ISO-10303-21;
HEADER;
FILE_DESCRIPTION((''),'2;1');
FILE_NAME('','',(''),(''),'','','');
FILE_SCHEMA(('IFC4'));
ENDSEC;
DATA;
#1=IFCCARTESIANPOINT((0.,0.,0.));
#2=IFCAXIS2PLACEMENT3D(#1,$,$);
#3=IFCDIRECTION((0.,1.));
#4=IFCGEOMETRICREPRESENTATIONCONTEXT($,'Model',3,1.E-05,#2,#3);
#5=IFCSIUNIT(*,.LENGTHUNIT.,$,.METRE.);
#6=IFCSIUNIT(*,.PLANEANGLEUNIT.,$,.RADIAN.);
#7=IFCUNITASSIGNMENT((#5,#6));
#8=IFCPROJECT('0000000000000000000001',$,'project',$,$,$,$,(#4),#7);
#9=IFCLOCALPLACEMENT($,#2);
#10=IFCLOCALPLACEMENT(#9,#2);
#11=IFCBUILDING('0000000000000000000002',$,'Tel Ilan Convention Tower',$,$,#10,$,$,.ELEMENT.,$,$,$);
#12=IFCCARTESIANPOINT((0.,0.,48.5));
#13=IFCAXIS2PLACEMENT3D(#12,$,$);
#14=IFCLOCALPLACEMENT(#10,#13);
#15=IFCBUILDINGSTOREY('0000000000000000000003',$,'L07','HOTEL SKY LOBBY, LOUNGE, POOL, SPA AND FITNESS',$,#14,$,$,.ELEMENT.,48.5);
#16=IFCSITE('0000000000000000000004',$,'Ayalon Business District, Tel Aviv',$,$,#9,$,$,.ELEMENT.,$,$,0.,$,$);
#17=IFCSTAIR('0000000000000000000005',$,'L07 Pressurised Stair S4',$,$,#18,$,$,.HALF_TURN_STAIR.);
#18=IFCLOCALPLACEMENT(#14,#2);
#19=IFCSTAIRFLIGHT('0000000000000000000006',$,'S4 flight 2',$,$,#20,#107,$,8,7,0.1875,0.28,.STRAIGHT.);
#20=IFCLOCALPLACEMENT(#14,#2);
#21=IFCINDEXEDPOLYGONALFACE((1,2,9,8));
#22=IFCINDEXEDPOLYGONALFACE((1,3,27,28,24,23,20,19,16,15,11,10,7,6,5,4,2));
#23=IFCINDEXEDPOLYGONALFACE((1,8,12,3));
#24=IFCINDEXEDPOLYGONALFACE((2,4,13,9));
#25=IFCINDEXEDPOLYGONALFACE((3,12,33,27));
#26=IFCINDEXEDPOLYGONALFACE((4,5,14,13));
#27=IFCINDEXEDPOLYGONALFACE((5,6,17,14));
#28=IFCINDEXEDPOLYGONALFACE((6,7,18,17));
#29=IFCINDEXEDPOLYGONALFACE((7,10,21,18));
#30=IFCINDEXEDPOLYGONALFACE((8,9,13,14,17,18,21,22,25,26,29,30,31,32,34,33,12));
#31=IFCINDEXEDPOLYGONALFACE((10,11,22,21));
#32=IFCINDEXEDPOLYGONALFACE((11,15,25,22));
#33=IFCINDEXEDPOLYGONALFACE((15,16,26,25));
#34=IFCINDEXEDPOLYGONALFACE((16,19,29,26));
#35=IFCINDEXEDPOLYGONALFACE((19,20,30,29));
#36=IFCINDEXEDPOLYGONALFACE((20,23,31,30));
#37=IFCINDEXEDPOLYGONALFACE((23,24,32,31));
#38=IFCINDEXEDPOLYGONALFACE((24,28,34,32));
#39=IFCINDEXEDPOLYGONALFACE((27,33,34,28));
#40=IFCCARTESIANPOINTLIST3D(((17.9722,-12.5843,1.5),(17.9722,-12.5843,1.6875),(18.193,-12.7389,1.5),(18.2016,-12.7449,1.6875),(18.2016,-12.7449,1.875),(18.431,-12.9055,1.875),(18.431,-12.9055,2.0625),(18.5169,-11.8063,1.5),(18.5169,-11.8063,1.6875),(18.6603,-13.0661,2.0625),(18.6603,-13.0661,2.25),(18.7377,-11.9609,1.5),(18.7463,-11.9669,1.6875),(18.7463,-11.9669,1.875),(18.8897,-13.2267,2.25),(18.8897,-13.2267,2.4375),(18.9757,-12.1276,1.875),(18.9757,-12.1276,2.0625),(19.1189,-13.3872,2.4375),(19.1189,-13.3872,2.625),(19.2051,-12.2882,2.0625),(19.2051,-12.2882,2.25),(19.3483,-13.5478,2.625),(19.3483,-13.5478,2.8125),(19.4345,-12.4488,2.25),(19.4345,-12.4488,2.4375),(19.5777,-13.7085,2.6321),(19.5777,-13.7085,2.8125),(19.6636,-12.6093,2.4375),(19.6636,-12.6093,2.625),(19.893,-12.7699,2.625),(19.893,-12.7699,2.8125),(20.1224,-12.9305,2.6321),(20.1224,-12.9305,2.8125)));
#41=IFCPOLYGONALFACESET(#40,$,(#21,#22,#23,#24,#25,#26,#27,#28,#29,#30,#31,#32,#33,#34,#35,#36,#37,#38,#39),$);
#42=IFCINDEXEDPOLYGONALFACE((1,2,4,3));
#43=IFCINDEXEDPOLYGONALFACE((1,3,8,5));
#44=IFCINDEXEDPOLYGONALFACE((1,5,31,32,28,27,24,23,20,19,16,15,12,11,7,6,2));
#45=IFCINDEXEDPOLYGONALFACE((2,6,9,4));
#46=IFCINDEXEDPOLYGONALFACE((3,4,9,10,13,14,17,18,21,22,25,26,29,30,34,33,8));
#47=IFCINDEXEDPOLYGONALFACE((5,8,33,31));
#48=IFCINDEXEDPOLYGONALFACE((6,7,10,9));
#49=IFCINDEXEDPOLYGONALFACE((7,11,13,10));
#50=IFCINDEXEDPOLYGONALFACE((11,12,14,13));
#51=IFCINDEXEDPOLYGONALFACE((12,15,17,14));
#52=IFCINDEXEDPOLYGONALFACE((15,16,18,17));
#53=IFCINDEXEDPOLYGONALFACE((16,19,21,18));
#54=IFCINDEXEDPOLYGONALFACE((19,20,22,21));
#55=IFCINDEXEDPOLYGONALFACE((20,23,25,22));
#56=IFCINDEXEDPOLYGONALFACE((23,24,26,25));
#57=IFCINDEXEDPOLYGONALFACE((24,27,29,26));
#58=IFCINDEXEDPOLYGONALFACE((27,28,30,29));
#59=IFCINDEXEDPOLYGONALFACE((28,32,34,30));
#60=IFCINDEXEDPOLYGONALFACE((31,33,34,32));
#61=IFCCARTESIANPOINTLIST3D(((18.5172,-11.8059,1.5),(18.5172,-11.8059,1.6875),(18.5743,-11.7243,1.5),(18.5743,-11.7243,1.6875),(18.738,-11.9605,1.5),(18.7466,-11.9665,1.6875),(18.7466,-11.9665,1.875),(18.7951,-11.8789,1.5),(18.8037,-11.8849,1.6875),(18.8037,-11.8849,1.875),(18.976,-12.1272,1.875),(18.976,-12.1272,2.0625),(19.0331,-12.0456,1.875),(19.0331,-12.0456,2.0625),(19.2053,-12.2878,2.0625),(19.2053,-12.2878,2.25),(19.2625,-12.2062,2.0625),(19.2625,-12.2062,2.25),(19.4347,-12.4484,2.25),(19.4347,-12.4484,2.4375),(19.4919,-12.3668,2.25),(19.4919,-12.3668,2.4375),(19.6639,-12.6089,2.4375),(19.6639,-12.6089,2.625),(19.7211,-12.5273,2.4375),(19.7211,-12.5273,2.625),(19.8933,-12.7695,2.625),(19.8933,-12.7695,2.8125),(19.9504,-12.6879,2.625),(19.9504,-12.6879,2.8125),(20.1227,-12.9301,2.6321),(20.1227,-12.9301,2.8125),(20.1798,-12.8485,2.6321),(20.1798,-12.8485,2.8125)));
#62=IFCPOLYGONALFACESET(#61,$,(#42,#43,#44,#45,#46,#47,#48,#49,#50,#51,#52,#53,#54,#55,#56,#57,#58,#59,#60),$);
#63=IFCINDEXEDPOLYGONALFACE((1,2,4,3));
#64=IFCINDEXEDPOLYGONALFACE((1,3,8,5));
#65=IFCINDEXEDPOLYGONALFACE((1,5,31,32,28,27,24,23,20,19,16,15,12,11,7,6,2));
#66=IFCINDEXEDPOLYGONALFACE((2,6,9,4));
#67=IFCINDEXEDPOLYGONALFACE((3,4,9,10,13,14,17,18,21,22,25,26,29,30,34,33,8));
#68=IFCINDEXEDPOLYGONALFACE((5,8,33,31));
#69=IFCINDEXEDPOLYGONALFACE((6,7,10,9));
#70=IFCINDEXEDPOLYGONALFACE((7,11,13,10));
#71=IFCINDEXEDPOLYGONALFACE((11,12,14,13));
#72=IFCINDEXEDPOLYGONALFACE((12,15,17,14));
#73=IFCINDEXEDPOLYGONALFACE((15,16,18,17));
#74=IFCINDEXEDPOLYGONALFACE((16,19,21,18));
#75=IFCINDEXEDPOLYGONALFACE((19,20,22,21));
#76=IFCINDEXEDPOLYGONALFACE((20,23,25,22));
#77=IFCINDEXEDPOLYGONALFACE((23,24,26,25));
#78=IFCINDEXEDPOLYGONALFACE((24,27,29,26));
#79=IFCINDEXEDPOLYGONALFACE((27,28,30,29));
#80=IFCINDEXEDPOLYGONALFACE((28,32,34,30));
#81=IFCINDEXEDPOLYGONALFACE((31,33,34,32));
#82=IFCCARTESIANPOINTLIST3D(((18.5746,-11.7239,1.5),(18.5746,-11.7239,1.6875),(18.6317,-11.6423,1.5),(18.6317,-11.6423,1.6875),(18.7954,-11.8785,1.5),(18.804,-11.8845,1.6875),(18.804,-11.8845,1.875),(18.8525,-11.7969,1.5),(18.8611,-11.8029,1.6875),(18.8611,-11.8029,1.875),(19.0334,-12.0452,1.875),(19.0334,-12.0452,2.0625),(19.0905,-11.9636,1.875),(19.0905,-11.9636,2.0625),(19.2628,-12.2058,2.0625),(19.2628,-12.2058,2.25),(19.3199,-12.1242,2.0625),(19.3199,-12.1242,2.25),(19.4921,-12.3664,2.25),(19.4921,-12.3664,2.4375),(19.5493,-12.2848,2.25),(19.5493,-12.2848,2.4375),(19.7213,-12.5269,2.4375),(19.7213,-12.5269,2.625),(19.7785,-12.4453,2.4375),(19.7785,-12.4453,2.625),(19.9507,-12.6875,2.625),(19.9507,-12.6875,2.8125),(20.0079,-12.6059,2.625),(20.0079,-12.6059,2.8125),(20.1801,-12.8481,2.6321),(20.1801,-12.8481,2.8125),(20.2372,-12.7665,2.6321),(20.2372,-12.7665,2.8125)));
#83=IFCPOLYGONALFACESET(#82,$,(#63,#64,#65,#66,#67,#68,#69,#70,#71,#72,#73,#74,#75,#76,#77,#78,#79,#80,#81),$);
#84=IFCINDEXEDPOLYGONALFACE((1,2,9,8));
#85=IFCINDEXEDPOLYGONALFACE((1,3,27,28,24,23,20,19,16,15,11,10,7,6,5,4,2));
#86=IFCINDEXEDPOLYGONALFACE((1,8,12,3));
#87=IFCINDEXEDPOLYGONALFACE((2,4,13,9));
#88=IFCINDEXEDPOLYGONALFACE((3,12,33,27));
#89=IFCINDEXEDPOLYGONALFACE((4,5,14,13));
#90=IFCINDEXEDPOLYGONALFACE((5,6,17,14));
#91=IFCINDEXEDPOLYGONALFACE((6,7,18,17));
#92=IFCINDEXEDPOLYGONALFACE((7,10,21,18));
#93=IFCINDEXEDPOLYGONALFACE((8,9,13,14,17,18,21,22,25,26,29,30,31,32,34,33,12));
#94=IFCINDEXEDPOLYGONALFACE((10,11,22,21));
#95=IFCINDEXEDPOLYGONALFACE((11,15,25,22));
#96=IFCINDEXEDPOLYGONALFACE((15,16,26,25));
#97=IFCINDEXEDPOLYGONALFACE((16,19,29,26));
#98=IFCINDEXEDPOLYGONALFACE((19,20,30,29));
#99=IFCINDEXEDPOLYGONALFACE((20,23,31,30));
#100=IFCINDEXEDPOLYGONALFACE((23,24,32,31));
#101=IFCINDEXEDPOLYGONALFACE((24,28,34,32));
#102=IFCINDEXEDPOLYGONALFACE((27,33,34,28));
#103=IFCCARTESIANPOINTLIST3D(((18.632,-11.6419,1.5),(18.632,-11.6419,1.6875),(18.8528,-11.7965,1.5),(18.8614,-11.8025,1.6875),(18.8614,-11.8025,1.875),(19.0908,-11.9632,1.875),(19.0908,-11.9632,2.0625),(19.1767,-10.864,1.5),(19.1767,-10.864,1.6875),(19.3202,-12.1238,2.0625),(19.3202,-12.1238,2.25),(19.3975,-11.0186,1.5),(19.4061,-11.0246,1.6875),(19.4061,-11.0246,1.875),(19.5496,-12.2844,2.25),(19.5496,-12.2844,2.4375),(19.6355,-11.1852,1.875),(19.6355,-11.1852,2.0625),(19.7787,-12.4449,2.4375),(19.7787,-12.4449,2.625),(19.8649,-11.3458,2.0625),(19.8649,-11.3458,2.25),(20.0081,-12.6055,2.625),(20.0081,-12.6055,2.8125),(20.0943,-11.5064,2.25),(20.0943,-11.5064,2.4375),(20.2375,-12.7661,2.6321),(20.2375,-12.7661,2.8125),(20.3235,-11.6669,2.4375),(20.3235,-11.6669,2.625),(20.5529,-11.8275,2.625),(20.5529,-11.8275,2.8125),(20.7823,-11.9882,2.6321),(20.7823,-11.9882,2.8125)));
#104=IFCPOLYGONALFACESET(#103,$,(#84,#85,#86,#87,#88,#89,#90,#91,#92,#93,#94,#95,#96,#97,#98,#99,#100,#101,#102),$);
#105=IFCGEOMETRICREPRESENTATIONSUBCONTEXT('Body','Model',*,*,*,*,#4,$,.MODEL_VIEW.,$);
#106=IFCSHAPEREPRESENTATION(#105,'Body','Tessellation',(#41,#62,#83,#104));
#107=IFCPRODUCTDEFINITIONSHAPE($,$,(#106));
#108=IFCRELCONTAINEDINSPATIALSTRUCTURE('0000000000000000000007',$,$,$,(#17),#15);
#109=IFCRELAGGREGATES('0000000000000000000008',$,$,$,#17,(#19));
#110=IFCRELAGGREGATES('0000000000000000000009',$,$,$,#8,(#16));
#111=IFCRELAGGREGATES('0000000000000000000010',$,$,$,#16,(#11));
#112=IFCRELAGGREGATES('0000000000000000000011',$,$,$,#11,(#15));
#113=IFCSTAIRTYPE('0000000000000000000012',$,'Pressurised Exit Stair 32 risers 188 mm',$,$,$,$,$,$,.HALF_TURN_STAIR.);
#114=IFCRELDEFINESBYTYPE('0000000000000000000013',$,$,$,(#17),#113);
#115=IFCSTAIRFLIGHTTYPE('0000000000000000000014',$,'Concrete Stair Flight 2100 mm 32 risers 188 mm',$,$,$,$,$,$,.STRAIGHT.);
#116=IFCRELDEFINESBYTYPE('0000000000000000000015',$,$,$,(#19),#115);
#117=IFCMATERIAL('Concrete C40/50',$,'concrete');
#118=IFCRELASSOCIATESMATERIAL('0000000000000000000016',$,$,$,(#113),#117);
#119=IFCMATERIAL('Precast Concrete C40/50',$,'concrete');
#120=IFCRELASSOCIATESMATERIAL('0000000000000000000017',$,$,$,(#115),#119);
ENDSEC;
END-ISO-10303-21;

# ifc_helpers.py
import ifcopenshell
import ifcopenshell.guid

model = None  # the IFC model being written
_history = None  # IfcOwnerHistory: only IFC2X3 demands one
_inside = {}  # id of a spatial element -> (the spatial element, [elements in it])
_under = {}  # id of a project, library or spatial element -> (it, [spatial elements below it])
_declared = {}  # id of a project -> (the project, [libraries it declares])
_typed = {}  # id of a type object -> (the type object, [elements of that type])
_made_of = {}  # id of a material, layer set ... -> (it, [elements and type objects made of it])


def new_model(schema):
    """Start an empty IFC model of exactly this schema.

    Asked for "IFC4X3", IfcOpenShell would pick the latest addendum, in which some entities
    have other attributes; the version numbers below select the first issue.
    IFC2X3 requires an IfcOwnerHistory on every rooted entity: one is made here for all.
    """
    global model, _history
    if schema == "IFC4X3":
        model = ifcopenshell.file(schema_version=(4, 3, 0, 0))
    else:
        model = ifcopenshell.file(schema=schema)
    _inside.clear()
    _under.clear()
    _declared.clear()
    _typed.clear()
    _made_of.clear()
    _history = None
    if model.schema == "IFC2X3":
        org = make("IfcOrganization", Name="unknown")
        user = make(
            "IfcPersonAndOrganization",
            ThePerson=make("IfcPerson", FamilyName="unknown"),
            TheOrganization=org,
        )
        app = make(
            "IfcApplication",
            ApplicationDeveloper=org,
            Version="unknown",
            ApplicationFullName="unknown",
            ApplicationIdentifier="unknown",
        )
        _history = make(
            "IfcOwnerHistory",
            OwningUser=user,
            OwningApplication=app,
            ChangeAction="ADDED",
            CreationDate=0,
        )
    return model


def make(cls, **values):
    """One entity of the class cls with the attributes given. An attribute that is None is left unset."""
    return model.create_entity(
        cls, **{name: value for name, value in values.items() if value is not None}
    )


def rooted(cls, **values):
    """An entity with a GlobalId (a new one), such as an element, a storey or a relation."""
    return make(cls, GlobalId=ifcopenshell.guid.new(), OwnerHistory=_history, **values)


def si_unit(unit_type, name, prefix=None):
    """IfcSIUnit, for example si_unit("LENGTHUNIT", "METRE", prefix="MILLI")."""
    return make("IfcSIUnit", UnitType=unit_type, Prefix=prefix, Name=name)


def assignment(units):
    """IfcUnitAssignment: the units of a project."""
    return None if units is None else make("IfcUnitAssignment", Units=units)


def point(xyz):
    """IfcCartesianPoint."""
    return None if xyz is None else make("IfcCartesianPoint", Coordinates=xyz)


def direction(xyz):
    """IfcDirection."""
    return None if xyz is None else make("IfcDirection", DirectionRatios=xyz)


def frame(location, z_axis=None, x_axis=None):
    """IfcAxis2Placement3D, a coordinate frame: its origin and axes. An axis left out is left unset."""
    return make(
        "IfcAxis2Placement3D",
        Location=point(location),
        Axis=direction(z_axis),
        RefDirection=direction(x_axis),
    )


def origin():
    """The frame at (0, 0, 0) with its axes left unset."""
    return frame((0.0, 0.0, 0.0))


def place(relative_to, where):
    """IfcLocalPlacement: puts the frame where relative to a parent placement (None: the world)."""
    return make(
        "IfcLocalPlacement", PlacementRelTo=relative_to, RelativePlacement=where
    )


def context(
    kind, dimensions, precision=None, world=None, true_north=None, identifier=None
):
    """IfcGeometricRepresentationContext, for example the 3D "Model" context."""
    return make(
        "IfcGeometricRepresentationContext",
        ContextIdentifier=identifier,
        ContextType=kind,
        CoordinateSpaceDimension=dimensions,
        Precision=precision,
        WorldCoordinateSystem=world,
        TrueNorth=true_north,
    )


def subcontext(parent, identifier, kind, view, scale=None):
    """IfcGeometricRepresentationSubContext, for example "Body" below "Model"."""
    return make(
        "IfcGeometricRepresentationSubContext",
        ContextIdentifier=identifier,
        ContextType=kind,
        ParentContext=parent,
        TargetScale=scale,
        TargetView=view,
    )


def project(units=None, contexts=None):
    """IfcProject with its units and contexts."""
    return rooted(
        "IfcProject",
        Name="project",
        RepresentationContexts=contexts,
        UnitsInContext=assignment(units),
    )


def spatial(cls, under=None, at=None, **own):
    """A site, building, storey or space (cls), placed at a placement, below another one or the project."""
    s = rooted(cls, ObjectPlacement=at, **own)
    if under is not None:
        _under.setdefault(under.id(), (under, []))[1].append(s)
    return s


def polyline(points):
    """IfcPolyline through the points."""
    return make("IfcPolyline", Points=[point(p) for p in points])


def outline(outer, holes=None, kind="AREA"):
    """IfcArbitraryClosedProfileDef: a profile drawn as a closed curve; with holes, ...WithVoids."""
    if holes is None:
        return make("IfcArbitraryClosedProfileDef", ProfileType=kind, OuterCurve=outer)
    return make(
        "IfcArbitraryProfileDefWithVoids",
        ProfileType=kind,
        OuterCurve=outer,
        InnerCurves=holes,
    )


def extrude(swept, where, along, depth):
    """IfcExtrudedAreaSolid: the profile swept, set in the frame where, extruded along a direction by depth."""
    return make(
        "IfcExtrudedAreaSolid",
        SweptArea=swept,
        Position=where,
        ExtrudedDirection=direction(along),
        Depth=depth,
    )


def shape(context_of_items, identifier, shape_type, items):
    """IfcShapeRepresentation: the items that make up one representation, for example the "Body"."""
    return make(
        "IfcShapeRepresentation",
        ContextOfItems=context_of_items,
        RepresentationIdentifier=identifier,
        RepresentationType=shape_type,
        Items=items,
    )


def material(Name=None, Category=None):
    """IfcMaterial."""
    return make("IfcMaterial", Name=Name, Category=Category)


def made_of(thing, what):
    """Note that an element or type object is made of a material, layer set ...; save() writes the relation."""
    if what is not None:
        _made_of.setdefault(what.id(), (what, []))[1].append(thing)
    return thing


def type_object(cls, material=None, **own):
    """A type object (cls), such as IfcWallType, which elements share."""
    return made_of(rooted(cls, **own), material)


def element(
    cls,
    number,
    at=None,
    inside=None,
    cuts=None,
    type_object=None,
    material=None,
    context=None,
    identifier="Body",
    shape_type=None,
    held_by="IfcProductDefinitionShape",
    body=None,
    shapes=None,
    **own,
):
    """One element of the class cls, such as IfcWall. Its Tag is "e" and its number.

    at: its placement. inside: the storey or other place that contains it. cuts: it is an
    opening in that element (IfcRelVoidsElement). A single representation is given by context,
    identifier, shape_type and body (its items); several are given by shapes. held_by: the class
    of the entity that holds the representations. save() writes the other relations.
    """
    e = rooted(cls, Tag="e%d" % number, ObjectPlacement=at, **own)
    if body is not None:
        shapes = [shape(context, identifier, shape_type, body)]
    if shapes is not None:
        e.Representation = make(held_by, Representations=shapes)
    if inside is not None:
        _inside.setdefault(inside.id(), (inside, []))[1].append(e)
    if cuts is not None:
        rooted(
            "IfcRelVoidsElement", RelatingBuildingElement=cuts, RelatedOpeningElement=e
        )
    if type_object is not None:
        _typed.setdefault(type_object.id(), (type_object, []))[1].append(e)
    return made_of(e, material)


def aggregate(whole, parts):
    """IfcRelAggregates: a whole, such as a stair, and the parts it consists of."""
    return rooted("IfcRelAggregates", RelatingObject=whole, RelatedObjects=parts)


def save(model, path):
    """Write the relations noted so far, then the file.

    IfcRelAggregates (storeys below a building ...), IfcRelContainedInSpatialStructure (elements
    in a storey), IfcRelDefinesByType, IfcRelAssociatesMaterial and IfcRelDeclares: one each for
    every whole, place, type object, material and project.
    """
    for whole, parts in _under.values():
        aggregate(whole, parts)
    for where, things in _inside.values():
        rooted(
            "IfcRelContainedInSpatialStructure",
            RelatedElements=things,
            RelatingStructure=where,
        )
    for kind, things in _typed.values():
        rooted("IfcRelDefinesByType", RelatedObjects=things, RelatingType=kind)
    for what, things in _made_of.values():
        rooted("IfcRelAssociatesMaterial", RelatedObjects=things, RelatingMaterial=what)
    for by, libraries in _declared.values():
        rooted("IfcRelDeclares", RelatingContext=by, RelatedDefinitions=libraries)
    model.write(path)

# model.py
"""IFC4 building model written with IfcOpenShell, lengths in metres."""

from ifc_helpers import new_model, si_unit, direction, frame, origin, place, context, subcontext, project, spatial, polyline, outline, extrude, material, type_object, element, aggregate, save


model = new_model("IFC4")

# Units and contexts
model_context = context("Model", 3, precision=1e-05, world=origin(), true_north=direction((0.0, 1.0)))
body_context = subcontext(model_context, "Body", "Model", "MODEL_VIEW")
ifc_project = project(units=[si_unit("LENGTHUNIT", "METRE"), si_unit("PLANEANGLEUNIT", "RADIAN")], contexts=[model_context])

# Site, building, storey
site_placement = place(None, origin())
site = spatial("IfcSite", under=ifc_project, at=site_placement, Name="Ayalon Business District, Tel Aviv", CompositionType="ELEMENT", RefElevation=0.0)
building_placement = place(site_placement, origin())
building = spatial("IfcBuilding", under=site, at=building_placement, Name="Tel Ilan Convention Tower", CompositionType="ELEMENT")
storey_placement = place(building_placement, frame((0.0, 0.0, 48.5)))
storey = spatial("IfcBuildingStorey", under=building, at=storey_placement, Name="L07", Description="HOTEL SKY LOBBY, LOUNGE, POOL, SPA AND FITNESS", CompositionType="ELEMENT", Elevation=48.5)

# Stair, stair flight
ifc_material_1 = material(Name="Concrete C40/50", Category="concrete")
stair_type = type_object("IfcStairType", Name="Pressurised Exit Stair 32 risers 188 mm", PredefinedType="HALF_TURN_STAIR", material=ifc_material_1)
stair_placement = place(storey_placement, origin())
stair = element("IfcStair", 1, at=stair_placement, inside=storey, type_object=stair_type, Name="L07 Pressurised Stair S4", PredefinedType="HALF_TURN_STAIR")
ifc_material_2 = material(Name="Precast Concrete C40/50", Category="concrete")
stair_flight_type = type_object("IfcStairFlightType", Name="Concrete Stair Flight 2100 mm 32 risers 188 mm", PredefinedType="STRAIGHT", material=ifc_material_2)
stair_flight_1_placement = place(storey_placement, frame((18.5745, -11.7241, 1.5), z_axis=(0.0, 0.0, 1.0), x_axis=(0.819152, -0.573576, 0.0)))
stair_flight_1 = element("IfcStairFlight", 2, at=stair_flight_1_placement, type_object=stair_flight_type, Name="S4 flight 2", NumberOfRisers=8, NumberOfTreads=7, PredefinedType="STRAIGHT", RiserHeight=0.1875, TreadLength=0.28, context=body_context, shape_type="SweptSolid", body=[
    extrude(outline(polyline([(0.0, 0.0), (0.0, 0.1875), (0.28, 0.1875), (0.28, 0.375), (0.5601, 0.375), (0.5601, 0.5625), (0.8401, 0.5625), (0.8401, 0.75), (1.1201, 0.75), (1.1201, 0.9375), (1.3999, 0.9375), (1.3999, 1.125), (1.6799, 1.125), (1.6799, 1.3125), (1.96, 1.3125), (1.96, 1.5), (1.96, 1.1321), (0.2695, 0.0), (0.0, 0.0)])), frame((0.0, -0.1003, 0.0), z_axis=(0.0, -1.0, 0.0), x_axis=(1.0, 0.0, 0.0)), (0.0, 0.0, 1.0), 0.9497),
    extrude(outline(polyline([(0.0, 0.0), (0.0, 0.1875), (0.28, 0.1875), (0.28, 0.375), (0.5601, 0.375), (0.5601, 0.5625), (0.8401, 0.5625), (0.8401, 0.75), (1.1201, 0.75), (1.1201, 0.9375), (1.3999, 0.9375), (1.3999, 1.125), (1.6799, 1.125), (1.6799, 1.3125), (1.96, 1.3125), (1.96, 1.5), (1.96, 1.1321), (0.2695, 0.0), (0.0, 0.0)])), frame((0.0, -0.0002, 0.0), z_axis=(0.0, -1.0, 0.0), x_axis=(1.0, 0.0, 0.0)), (0.0, 0.0, 1.0), 0.0996),
    extrude(outline(polyline([(0.0, 0.0), (0.0, 0.1875), (0.28, 0.1875), (0.28, 0.375), (0.5601, 0.375), (0.5601, 0.5625), (0.8401, 0.5625), (0.8401, 0.75), (1.1201, 0.75), (1.1201, 0.9375), (1.3999, 0.9375), (1.3999, 1.125), (1.6799, 1.125), (1.6799, 1.3125), (1.96, 1.3125), (1.96, 1.5), (1.96, 1.1321), (0.2695, 0.0), (0.0, 0.0)])), frame((0.0, 0.0999, 0.0), z_axis=(0.0, -1.0, 0.0), x_axis=(1.0, 0.0, 0.0)), (0.0, 0.0, 1.0), 0.0996),
    extrude(outline(polyline([(0.0, 0.0), (0.0, 0.1875), (0.28, 0.1875), (0.28, 0.375), (0.5601, 0.375), (0.5601, 0.5625), (0.8401, 0.5625), (0.8401, 0.75), (1.1201, 0.75), (1.1201, 0.9375), (1.3999, 0.9375), (1.3999, 1.125), (1.6799, 1.125), (1.6799, 1.3125), (1.96, 1.3125), (1.96, 1.5), (1.96, 1.1321), (0.2695, 0.0), (0.0, 0.0)])), frame((0.0, 1.05, 0.0), z_axis=(0.0, -1.0, 0.0), x_axis=(1.0, 0.0, 0.0)), (0.0, 0.0, 1.0), 0.9497),
])
aggregate(stair, [stair_flight_1])

save(model, "model.ifc")
